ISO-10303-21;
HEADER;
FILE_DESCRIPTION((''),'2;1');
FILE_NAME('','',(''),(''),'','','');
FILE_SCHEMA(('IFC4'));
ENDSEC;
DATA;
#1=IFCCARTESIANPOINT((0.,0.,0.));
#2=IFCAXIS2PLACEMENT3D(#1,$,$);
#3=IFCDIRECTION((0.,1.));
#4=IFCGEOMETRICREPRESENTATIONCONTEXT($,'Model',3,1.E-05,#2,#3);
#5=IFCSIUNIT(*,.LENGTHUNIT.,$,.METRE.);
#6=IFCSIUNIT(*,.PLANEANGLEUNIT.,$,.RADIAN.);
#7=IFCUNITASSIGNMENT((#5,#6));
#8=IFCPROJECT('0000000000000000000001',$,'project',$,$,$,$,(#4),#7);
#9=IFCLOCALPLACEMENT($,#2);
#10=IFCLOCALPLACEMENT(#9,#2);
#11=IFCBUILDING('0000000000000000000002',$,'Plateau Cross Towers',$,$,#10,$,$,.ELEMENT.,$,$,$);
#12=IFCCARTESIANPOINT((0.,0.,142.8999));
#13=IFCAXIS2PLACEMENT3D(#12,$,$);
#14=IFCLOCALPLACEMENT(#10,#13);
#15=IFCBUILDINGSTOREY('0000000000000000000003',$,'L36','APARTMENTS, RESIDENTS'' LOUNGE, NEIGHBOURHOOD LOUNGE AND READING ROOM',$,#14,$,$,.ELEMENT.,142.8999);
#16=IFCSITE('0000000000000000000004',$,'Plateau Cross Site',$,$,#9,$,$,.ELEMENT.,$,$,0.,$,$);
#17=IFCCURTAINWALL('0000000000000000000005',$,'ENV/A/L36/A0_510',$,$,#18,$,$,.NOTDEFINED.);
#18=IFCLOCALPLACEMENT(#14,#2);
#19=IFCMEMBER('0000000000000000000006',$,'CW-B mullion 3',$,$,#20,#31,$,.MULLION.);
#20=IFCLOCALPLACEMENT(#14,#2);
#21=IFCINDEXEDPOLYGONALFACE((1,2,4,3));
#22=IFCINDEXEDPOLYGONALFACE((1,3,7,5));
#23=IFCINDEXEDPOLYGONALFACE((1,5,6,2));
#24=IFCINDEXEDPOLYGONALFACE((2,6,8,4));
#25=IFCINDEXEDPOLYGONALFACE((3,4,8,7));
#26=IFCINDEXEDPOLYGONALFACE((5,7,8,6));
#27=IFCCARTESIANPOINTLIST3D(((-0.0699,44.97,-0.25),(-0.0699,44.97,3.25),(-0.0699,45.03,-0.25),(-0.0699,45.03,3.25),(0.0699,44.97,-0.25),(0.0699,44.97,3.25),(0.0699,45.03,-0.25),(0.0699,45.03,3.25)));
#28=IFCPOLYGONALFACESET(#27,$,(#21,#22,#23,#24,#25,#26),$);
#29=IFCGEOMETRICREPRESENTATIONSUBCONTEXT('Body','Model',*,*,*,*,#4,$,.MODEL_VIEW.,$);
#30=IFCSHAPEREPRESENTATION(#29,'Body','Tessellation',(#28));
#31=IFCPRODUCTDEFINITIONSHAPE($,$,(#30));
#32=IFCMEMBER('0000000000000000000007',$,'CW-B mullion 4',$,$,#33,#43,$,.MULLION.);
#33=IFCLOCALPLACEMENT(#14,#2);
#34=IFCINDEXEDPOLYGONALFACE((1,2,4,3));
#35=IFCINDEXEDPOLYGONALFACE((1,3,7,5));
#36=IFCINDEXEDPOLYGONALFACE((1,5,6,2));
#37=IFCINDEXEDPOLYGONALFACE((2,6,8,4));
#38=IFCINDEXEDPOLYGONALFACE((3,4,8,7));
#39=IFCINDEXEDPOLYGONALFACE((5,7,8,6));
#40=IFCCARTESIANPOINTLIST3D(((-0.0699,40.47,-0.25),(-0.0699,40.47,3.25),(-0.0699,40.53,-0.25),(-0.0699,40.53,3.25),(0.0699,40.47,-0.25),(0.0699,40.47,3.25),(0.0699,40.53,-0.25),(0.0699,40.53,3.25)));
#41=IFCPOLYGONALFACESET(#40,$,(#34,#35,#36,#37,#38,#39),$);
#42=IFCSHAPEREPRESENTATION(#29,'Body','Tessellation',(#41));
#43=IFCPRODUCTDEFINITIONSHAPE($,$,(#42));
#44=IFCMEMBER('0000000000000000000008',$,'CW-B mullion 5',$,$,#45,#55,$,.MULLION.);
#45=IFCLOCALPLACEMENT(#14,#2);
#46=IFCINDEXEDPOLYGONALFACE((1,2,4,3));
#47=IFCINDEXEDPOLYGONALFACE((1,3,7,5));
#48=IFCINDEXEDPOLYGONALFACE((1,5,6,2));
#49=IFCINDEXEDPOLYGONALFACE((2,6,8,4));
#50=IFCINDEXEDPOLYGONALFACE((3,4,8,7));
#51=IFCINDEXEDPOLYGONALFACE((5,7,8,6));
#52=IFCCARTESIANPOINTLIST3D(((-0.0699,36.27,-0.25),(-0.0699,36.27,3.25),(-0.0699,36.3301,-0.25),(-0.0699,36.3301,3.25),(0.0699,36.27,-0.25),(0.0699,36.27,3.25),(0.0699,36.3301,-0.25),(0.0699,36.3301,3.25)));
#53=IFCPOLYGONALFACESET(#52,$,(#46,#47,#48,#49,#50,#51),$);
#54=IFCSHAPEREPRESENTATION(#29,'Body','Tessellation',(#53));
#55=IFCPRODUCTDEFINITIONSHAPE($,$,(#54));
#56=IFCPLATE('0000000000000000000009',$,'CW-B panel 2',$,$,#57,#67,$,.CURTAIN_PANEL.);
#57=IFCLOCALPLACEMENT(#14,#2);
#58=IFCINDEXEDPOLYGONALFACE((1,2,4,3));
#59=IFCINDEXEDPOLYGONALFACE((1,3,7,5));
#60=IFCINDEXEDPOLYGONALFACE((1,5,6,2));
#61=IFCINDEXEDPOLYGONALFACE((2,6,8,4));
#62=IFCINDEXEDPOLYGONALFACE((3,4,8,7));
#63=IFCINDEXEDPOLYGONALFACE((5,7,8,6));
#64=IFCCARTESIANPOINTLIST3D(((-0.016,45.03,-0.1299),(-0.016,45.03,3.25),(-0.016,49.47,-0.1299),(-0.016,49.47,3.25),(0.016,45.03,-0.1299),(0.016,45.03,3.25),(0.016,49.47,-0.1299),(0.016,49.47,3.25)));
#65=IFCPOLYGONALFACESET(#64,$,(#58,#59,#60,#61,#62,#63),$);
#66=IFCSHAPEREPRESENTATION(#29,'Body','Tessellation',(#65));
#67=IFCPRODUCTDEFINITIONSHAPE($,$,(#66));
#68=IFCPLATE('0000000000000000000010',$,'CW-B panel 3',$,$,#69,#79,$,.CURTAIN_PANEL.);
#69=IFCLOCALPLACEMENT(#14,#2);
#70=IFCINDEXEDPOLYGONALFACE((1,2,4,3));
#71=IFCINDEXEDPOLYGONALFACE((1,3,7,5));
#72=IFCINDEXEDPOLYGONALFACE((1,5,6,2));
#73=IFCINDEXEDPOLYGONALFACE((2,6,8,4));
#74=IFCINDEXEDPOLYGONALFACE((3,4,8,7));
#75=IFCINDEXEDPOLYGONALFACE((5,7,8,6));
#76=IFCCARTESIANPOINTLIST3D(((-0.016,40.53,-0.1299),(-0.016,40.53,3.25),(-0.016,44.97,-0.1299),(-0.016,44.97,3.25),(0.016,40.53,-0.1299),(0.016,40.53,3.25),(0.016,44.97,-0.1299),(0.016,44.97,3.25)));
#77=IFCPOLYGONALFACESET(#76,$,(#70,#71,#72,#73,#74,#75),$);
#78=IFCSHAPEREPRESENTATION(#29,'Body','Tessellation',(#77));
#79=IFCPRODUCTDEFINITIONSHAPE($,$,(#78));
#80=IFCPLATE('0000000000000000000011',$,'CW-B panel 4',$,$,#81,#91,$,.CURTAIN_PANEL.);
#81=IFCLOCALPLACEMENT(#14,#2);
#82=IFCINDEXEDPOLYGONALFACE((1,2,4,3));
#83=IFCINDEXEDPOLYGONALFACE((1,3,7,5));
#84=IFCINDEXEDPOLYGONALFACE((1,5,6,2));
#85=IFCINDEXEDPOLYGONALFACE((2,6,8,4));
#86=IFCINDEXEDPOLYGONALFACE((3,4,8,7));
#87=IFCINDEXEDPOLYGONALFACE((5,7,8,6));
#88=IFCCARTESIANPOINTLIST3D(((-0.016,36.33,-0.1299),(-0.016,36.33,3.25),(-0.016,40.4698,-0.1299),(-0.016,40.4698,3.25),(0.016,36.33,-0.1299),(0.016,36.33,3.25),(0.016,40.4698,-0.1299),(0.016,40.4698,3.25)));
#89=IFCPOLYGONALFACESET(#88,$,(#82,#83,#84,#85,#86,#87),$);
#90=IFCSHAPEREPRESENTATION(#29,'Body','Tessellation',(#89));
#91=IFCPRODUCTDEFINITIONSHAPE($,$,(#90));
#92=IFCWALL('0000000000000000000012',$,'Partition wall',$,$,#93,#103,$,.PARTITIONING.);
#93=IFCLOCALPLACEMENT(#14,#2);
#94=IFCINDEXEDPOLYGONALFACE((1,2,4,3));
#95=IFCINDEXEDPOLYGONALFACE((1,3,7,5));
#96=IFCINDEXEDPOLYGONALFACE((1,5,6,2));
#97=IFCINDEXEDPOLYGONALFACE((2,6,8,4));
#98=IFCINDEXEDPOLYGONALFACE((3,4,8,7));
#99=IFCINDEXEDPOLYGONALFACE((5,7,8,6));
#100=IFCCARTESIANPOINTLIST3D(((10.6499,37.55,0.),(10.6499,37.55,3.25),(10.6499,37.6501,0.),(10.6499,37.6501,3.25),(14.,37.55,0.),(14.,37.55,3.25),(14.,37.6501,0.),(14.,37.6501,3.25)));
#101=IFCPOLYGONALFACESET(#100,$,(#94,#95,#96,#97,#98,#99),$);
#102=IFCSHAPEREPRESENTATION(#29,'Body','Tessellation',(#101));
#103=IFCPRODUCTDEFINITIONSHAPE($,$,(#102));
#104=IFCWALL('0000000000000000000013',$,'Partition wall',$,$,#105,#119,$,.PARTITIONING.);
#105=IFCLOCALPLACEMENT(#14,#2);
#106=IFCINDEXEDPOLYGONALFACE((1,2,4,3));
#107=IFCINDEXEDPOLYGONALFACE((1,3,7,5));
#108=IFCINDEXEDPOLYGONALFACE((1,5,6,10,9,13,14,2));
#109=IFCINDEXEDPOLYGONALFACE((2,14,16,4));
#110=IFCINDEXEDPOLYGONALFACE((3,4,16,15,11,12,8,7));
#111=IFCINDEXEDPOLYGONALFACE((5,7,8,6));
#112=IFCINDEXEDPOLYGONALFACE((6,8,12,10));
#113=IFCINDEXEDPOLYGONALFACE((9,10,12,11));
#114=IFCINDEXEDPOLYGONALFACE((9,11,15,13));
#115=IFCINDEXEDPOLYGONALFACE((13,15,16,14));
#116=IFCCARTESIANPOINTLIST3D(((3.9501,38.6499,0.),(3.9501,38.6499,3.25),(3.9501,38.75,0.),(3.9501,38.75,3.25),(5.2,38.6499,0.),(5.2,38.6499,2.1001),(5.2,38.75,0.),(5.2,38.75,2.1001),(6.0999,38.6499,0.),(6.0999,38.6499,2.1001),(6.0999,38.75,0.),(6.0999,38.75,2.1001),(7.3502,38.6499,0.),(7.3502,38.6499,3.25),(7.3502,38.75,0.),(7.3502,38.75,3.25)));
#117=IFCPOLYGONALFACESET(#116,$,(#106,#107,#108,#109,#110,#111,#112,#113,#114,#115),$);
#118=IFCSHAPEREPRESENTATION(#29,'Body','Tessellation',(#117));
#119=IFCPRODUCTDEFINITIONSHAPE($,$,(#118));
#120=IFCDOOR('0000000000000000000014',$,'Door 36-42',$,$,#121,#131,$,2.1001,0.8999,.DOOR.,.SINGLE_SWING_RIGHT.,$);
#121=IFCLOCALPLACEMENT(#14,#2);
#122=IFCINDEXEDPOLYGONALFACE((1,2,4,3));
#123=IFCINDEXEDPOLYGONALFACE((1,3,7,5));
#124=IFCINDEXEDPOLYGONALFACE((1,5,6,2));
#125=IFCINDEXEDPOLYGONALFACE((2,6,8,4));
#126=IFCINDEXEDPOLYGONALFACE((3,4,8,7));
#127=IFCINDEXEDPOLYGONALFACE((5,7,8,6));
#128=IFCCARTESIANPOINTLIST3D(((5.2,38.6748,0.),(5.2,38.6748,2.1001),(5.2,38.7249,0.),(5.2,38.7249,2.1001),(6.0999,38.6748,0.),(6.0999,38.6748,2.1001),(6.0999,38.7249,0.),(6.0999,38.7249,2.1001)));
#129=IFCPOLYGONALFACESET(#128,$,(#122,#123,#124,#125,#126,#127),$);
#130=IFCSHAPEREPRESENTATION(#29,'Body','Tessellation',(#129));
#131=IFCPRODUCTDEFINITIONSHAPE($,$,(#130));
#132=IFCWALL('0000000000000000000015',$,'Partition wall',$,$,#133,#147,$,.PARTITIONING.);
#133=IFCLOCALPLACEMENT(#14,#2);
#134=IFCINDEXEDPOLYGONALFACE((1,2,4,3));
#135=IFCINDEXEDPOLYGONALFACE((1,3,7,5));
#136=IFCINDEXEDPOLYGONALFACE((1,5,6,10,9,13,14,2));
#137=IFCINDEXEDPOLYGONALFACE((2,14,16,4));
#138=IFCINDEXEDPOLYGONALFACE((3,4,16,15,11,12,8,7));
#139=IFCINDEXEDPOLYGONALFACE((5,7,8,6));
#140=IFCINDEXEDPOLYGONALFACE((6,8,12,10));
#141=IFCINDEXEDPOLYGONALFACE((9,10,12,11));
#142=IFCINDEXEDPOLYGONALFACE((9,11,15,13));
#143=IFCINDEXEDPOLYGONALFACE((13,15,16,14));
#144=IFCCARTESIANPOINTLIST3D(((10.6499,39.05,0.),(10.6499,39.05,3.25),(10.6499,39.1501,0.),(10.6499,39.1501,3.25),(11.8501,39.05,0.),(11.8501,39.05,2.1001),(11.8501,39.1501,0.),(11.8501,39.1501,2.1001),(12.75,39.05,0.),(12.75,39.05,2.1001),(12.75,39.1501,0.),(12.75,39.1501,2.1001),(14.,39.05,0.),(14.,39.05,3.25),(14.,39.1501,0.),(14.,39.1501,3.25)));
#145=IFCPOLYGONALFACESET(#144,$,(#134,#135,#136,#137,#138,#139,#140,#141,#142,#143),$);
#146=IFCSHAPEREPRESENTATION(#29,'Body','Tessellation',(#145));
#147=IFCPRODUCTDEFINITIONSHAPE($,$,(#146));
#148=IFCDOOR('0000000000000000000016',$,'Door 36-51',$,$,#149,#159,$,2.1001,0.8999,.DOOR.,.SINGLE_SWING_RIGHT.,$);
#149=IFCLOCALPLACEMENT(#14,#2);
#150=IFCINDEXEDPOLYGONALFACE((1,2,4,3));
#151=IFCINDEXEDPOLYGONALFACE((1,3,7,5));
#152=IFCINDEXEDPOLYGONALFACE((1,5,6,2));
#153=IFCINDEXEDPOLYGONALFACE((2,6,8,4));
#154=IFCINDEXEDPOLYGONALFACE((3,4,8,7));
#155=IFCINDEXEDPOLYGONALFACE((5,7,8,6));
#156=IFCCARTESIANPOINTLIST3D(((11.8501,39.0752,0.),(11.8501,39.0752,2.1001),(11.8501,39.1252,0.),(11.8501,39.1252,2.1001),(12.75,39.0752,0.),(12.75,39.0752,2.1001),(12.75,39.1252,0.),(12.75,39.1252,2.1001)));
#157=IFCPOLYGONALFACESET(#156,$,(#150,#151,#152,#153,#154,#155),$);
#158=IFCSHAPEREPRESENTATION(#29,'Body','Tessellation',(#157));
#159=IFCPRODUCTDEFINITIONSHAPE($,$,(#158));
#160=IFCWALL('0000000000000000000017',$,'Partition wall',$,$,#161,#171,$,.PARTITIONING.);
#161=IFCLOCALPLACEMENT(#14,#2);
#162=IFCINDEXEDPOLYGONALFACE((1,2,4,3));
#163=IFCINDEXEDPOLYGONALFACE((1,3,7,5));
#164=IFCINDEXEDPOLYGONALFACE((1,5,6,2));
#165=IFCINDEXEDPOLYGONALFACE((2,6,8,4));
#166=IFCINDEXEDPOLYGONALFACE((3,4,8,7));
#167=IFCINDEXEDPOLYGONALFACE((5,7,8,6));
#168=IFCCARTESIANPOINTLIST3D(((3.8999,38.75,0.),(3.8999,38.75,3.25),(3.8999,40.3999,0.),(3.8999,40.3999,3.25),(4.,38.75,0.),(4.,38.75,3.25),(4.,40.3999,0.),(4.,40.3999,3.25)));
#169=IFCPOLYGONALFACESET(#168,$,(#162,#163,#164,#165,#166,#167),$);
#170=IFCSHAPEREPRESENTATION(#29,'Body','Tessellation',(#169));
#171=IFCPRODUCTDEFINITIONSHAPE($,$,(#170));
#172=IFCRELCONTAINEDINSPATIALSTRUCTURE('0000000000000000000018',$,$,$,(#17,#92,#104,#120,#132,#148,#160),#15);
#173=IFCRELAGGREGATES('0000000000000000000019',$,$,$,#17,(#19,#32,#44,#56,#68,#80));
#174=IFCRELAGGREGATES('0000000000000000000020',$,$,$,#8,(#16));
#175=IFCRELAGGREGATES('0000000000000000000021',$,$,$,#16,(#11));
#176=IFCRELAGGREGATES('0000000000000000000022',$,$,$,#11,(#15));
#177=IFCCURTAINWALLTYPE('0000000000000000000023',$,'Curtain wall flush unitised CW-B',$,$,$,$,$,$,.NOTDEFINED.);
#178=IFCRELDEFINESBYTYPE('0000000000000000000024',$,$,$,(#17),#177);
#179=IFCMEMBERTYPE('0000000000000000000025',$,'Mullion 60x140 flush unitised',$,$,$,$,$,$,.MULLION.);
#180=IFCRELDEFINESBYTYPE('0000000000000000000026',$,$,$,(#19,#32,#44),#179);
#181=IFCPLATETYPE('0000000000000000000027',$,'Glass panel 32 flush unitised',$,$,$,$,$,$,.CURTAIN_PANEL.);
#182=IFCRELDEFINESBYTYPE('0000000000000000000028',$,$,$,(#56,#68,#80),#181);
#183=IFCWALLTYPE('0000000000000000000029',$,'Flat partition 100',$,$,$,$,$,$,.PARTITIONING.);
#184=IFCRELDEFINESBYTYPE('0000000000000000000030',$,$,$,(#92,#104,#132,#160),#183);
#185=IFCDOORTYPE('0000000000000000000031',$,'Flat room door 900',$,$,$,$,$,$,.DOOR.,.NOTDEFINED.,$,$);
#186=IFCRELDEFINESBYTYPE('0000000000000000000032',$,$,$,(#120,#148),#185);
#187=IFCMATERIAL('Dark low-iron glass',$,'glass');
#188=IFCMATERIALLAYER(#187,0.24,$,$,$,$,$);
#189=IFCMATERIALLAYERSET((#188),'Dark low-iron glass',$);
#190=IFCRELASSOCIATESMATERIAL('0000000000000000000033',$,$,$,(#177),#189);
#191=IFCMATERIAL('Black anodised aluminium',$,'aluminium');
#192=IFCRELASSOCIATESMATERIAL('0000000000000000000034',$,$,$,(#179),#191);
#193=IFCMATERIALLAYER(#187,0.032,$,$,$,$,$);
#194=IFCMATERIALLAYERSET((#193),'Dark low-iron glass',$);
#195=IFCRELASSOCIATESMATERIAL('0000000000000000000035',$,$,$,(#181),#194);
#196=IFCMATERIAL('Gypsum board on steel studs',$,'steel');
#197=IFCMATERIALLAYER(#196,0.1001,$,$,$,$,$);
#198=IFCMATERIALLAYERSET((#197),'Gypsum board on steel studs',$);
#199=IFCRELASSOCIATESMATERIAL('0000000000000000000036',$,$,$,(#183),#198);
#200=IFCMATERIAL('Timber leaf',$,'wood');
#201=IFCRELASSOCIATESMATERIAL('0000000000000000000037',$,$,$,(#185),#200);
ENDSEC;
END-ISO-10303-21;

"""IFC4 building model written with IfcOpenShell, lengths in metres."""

from ifc_helpers import new_model, si_unit, direction, frame, frame_2d, origin, origin_2d, place, context, subcontext, project, spatial, rectangle, extrude, material, layer, layer_set, material_profile, profile_set, type_object, element, fill, aggregate, save


model = new_model("IFC4")

# Units and contexts
model_context = context("Model", 3, precision=1e-05, world=origin(), true_north=direction((0.0, 1.0)))
body_context = subcontext(model_context, "Body", "Model", "MODEL_VIEW")
ifc_project = project(units=[si_unit("LENGTHUNIT", "METRE"), si_unit("PLANEANGLEUNIT", "RADIAN")], contexts=[model_context])

# Site, building, storey
site_placement = place(None, origin())
site = spatial("IfcSite", under=ifc_project, at=site_placement, Name="Plateau Cross Site", CompositionType="ELEMENT", RefElevation=0.0)
building_placement = place(site_placement, origin())
building = spatial("IfcBuilding", under=site, at=building_placement, Name="Plateau Cross Towers", CompositionType="ELEMENT")
storey_placement = place(building_placement, frame((0.0, 0.0, 142.8999)))
storey = spatial("IfcBuildingStorey", under=building, at=storey_placement, Name="L36", Description="APARTMENTS, RESIDENTS' LOUNGE, NEIGHBOURHOOD LOUNGE AND READING ROOM", CompositionType="ELEMENT", Elevation=142.8999)

# Curtain wall, members, plates
ifc_material_1 = material(Name="Dark low-iron glass", Category="glass")
ifc_layer_1 = layer(ifc_material_1, 0.24)
ifc_layer_set_1 = layer_set([ifc_layer_1], Name="Dark low-iron glass")
curtain_wall_type = type_object("IfcCurtainWallType", Name="Curtain wall flush unitised CW-B", PredefinedType="NOTDEFINED", material=ifc_layer_set_1)
curtain_wall_placement = place(storey_placement, origin())
curtain_wall = element("IfcCurtainWall", 1, at=curtain_wall_placement, inside=storey, type_object=curtain_wall_type, Name="ENV/A/L36/A0_510", PredefinedType="NOTDEFINED")
ifc_material_2 = material(Name="Black anodised aluminium", Category="aluminium")
ifc_material_profile = material_profile(ifc_material_2, rectangle(XDim=0.0601, YDim=0.1399, at=origin_2d()), Name="MULLION 60x140")
ifc_profile_set = profile_set([ifc_material_profile], Name="Black anodised aluminium")
member_type = type_object("IfcMemberType", Name="Mullion 60x140 flush unitised", PredefinedType="MULLION", material=ifc_profile_set)
member_1_placement = place(storey_placement, frame((0.0, 45.0, -0.25), z_axis=(0.0, 0.0, 1.0), x_axis=(0.0, -1.0, 0.0)))
member_1 = element("IfcMember", 2, at=member_1_placement, type_object=member_type, Name="CW-B mullion 3", PredefinedType="MULLION", context=body_context, shape_type="SweptSolid", body=[
    extrude(rectangle(XDim=0.0601, YDim=0.1399, at=origin_2d()), origin(), (0.0, 0.0, 1.0), 3.5),
])
member_2_placement = place(storey_placement, frame((0.0, 40.5, -0.25), z_axis=(0.0, 0.0, 1.0), x_axis=(0.0, -1.0, 0.0)))
member_2 = element("IfcMember", 3, at=member_2_placement, type_object=member_type, Name="CW-B mullion 4", PredefinedType="MULLION", context=body_context, shape_type="SweptSolid", body=[
    extrude(rectangle(XDim=0.0601, YDim=0.1399, at=origin_2d()), origin(), (0.0, 0.0, 1.0), 3.5),
])
member_3_placement = place(storey_placement, frame((0.0, 36.3, -0.25), z_axis=(0.0, 0.0, 1.0), x_axis=(0.0, -1.0, 0.0)))
member_3 = element("IfcMember", 4, at=member_3_placement, type_object=member_type, Name="CW-B mullion 5", PredefinedType="MULLION", context=body_context, shape_type="SweptSolid", body=[
    extrude(rectangle(XDim=0.0601, YDim=0.1399, at=origin_2d()), origin(), (0.0, 0.0, 1.0), 3.5),
])
ifc_layer_2 = layer(ifc_material_1, 0.032)
ifc_layer_set_2 = layer_set([ifc_layer_2], Name="Dark low-iron glass")
plate_type = type_object("IfcPlateType", Name="Glass panel 32 flush unitised", PredefinedType="CURTAIN_PANEL", material=ifc_layer_set_2)
plate_1_placement = place(storey_placement, frame((0.0, 47.25, -0.1299), z_axis=(0.0, 0.0, 1.0), x_axis=(0.0, -1.0, 0.0)))
plate_1 = element("IfcPlate", 5, at=plate_1_placement, type_object=plate_type, Name="CW-B panel 2", PredefinedType="CURTAIN_PANEL", context=body_context, shape_type="SweptSolid", body=[
    extrude(rectangle(XDim=4.4399, YDim=0.032, at=origin_2d()), origin(), (0.0, 0.0, 1.0), 3.3799),
])
plate_2_placement = place(storey_placement, frame((0.0, 42.75, -0.1299), z_axis=(0.0, 0.0, 1.0), x_axis=(0.0, -1.0, 0.0)))
plate_2 = element("IfcPlate", 6, at=plate_2_placement, type_object=plate_type, Name="CW-B panel 3", PredefinedType="CURTAIN_PANEL", context=body_context, shape_type="SweptSolid", body=[
    extrude(rectangle(XDim=4.4399, YDim=0.032, at=origin_2d()), origin(), (0.0, 0.0, 1.0), 3.3799),
])
plate_3_placement = place(storey_placement, frame((0.0, 38.3999, -0.1299), z_axis=(0.0, 0.0, 1.0), x_axis=(0.0, -1.0, 0.0)))
plate_3 = element("IfcPlate", 7, at=plate_3_placement, type_object=plate_type, Name="CW-B panel 4", PredefinedType="CURTAIN_PANEL", context=body_context, shape_type="SweptSolid", body=[
    extrude(rectangle(XDim=4.1399, YDim=0.032, at=origin_2d()), origin(), (0.0, 0.0, 1.0), 3.3799),
])
aggregate(curtain_wall, [member_1, member_2, member_3, plate_1, plate_2, plate_3])

# Wall
ifc_material_3 = material(Name="Gypsum board on steel studs", Category="steel")
ifc_layer_3 = layer(ifc_material_3, 0.1001)
ifc_layer_set_3 = layer_set([ifc_layer_3], Name="Gypsum board on steel studs")
wall_type_1 = type_object("IfcWallType", Name="Flat partition 100", PredefinedType="PARTITIONING", material=ifc_layer_set_3)
wall_1_placement = place(storey_placement, frame((14.0, 37.6001, 0.0), z_axis=(0.0, 0.0, 1.0), x_axis=(-1.0, 0.0, 0.0)))
element("IfcWall", 8, at=wall_1_placement, inside=storey, type_object=wall_type_1, Name="Partition wall", PredefinedType="PARTITIONING", context=body_context, shape_type="SweptSolid", body=[
    extrude(rectangle(XDim=3.3501, YDim=0.1001, at=frame_2d((1.675, 0.0))), origin(), (0.0, 0.0, 1.0), 3.25),
])

# Walls, openings, doors
wall_2_placement = place(storey_placement, frame((3.95, 38.7, 0.0), z_axis=(0.0, 0.0, 1.0), x_axis=(1.0, 0.0, 0.0)))
wall_2 = element("IfcWall", 9, at=wall_2_placement, inside=storey, type_object=wall_type_1, Name="Partition wall", PredefinedType="PARTITIONING", context=body_context, shape_type="SweptSolid", body=[
    extrude(rectangle(XDim=3.4001, YDim=0.1001, at=frame_2d((1.7002, 0.0))), origin(), (0.0, 0.0, 1.0), 3.25),
])
opening_1_placement = place(wall_2_placement, frame((1.25, 0.0, 0.0)))
opening_1 = element("IfcOpeningElement", 10, at=opening_1_placement, cuts=wall_2, PredefinedType="OPENING", context=body_context, shape_type="SweptSolid", body=[
    extrude(rectangle(XDim=0.8999, YDim=2.1001, at=frame_2d((0.45, 1.05))), frame((0.0, 0.0601, 0.0), z_axis=(0.0, -1.0, 0.0), x_axis=(1.0, 0.0, 0.0)), (0.0, 0.0, 1.0), 0.1201),
])
ifc_material_4 = material(Name="Timber leaf", Category="wood")
door_type_1 = type_object("IfcDoorType", Name="Flat room door 900", OperationType="NOTDEFINED", PredefinedType="DOOR", material=ifc_material_4)
door_1_placement = place(opening_1_placement, origin())
door_1 = element("IfcDoor", 11, at=door_1_placement, inside=storey, type_object=door_type_1, Name="Door 36-42", OperationType="SINGLE_SWING_RIGHT", OverallHeight=2.1001, OverallWidth=0.8999, PredefinedType="DOOR", context=body_context, shape_type="SweptSolid", body=[
    extrude(rectangle(XDim=0.8999, YDim=2.1001, at=frame_2d((0.45, 1.05))), frame((0.0, 0.0249, 0.0), z_axis=(0.0, -1.0, 0.0), x_axis=(1.0, 0.0, 0.0)), (0.0, 0.0, 1.0), 0.05),
])
fill(opening_1, door_1)
wall_3_placement = place(storey_placement, frame((14.0, 39.1001, 0.0), z_axis=(0.0, 0.0, 1.0), x_axis=(-1.0, 0.0, 0.0)))
wall_3 = element("IfcWall", 12, at=wall_3_placement, inside=storey, type_object=wall_type_1, Name="Partition wall", PredefinedType="PARTITIONING", context=body_context, shape_type="SweptSolid", body=[
    extrude(rectangle(XDim=3.3501, YDim=0.1001, at=frame_2d((1.675, 0.0))), origin(), (0.0, 0.0, 1.0), 3.25),
])
opening_2_placement = place(wall_3_placement, frame((1.25, 0.0, 0.0)))
opening_2 = element("IfcOpeningElement", 13, at=opening_2_placement, cuts=wall_3, PredefinedType="OPENING", context=body_context, shape_type="SweptSolid", body=[
    extrude(rectangle(XDim=0.8999, YDim=2.1001, at=frame_2d((0.45, 1.05))), frame((0.0, 0.0601, 0.0), z_axis=(0.0, -1.0, 0.0), x_axis=(1.0, 0.0, 0.0)), (0.0, 0.0, 1.0), 0.1201),
])
door_2_placement = place(opening_2_placement, origin())
door_2 = element("IfcDoor", 14, at=door_2_placement, inside=storey, type_object=door_type_1, Name="Door 36-51", OperationType="SINGLE_SWING_RIGHT", OverallHeight=2.1001, OverallWidth=0.8999, PredefinedType="DOOR", context=body_context, shape_type="SweptSolid", body=[
    extrude(rectangle(XDim=0.8999, YDim=2.1001, at=frame_2d((0.45, 1.05))), frame((0.0, 0.0249, 0.0), z_axis=(0.0, -1.0, 0.0), x_axis=(1.0, 0.0, 0.0)), (0.0, 0.0, 1.0), 0.05),
])
fill(opening_2, door_2)

# Wall
wall_4_placement = place(storey_placement, frame((3.95, 40.3999, 0.0), z_axis=(0.0, 0.0, 1.0), x_axis=(0.0, -1.0, 0.0)))
element("IfcWall", 15, at=wall_4_placement, inside=storey, type_object=wall_type_1, Name="Partition wall", PredefinedType="PARTITIONING", context=body_context, shape_type="SweptSolid", body=[
    extrude(rectangle(XDim=1.6499, YDim=0.1001, at=frame_2d((0.825, 0.0))), origin(), (0.0, 0.0, 1.0), 3.25),
])

save(model, "model.ifc")
